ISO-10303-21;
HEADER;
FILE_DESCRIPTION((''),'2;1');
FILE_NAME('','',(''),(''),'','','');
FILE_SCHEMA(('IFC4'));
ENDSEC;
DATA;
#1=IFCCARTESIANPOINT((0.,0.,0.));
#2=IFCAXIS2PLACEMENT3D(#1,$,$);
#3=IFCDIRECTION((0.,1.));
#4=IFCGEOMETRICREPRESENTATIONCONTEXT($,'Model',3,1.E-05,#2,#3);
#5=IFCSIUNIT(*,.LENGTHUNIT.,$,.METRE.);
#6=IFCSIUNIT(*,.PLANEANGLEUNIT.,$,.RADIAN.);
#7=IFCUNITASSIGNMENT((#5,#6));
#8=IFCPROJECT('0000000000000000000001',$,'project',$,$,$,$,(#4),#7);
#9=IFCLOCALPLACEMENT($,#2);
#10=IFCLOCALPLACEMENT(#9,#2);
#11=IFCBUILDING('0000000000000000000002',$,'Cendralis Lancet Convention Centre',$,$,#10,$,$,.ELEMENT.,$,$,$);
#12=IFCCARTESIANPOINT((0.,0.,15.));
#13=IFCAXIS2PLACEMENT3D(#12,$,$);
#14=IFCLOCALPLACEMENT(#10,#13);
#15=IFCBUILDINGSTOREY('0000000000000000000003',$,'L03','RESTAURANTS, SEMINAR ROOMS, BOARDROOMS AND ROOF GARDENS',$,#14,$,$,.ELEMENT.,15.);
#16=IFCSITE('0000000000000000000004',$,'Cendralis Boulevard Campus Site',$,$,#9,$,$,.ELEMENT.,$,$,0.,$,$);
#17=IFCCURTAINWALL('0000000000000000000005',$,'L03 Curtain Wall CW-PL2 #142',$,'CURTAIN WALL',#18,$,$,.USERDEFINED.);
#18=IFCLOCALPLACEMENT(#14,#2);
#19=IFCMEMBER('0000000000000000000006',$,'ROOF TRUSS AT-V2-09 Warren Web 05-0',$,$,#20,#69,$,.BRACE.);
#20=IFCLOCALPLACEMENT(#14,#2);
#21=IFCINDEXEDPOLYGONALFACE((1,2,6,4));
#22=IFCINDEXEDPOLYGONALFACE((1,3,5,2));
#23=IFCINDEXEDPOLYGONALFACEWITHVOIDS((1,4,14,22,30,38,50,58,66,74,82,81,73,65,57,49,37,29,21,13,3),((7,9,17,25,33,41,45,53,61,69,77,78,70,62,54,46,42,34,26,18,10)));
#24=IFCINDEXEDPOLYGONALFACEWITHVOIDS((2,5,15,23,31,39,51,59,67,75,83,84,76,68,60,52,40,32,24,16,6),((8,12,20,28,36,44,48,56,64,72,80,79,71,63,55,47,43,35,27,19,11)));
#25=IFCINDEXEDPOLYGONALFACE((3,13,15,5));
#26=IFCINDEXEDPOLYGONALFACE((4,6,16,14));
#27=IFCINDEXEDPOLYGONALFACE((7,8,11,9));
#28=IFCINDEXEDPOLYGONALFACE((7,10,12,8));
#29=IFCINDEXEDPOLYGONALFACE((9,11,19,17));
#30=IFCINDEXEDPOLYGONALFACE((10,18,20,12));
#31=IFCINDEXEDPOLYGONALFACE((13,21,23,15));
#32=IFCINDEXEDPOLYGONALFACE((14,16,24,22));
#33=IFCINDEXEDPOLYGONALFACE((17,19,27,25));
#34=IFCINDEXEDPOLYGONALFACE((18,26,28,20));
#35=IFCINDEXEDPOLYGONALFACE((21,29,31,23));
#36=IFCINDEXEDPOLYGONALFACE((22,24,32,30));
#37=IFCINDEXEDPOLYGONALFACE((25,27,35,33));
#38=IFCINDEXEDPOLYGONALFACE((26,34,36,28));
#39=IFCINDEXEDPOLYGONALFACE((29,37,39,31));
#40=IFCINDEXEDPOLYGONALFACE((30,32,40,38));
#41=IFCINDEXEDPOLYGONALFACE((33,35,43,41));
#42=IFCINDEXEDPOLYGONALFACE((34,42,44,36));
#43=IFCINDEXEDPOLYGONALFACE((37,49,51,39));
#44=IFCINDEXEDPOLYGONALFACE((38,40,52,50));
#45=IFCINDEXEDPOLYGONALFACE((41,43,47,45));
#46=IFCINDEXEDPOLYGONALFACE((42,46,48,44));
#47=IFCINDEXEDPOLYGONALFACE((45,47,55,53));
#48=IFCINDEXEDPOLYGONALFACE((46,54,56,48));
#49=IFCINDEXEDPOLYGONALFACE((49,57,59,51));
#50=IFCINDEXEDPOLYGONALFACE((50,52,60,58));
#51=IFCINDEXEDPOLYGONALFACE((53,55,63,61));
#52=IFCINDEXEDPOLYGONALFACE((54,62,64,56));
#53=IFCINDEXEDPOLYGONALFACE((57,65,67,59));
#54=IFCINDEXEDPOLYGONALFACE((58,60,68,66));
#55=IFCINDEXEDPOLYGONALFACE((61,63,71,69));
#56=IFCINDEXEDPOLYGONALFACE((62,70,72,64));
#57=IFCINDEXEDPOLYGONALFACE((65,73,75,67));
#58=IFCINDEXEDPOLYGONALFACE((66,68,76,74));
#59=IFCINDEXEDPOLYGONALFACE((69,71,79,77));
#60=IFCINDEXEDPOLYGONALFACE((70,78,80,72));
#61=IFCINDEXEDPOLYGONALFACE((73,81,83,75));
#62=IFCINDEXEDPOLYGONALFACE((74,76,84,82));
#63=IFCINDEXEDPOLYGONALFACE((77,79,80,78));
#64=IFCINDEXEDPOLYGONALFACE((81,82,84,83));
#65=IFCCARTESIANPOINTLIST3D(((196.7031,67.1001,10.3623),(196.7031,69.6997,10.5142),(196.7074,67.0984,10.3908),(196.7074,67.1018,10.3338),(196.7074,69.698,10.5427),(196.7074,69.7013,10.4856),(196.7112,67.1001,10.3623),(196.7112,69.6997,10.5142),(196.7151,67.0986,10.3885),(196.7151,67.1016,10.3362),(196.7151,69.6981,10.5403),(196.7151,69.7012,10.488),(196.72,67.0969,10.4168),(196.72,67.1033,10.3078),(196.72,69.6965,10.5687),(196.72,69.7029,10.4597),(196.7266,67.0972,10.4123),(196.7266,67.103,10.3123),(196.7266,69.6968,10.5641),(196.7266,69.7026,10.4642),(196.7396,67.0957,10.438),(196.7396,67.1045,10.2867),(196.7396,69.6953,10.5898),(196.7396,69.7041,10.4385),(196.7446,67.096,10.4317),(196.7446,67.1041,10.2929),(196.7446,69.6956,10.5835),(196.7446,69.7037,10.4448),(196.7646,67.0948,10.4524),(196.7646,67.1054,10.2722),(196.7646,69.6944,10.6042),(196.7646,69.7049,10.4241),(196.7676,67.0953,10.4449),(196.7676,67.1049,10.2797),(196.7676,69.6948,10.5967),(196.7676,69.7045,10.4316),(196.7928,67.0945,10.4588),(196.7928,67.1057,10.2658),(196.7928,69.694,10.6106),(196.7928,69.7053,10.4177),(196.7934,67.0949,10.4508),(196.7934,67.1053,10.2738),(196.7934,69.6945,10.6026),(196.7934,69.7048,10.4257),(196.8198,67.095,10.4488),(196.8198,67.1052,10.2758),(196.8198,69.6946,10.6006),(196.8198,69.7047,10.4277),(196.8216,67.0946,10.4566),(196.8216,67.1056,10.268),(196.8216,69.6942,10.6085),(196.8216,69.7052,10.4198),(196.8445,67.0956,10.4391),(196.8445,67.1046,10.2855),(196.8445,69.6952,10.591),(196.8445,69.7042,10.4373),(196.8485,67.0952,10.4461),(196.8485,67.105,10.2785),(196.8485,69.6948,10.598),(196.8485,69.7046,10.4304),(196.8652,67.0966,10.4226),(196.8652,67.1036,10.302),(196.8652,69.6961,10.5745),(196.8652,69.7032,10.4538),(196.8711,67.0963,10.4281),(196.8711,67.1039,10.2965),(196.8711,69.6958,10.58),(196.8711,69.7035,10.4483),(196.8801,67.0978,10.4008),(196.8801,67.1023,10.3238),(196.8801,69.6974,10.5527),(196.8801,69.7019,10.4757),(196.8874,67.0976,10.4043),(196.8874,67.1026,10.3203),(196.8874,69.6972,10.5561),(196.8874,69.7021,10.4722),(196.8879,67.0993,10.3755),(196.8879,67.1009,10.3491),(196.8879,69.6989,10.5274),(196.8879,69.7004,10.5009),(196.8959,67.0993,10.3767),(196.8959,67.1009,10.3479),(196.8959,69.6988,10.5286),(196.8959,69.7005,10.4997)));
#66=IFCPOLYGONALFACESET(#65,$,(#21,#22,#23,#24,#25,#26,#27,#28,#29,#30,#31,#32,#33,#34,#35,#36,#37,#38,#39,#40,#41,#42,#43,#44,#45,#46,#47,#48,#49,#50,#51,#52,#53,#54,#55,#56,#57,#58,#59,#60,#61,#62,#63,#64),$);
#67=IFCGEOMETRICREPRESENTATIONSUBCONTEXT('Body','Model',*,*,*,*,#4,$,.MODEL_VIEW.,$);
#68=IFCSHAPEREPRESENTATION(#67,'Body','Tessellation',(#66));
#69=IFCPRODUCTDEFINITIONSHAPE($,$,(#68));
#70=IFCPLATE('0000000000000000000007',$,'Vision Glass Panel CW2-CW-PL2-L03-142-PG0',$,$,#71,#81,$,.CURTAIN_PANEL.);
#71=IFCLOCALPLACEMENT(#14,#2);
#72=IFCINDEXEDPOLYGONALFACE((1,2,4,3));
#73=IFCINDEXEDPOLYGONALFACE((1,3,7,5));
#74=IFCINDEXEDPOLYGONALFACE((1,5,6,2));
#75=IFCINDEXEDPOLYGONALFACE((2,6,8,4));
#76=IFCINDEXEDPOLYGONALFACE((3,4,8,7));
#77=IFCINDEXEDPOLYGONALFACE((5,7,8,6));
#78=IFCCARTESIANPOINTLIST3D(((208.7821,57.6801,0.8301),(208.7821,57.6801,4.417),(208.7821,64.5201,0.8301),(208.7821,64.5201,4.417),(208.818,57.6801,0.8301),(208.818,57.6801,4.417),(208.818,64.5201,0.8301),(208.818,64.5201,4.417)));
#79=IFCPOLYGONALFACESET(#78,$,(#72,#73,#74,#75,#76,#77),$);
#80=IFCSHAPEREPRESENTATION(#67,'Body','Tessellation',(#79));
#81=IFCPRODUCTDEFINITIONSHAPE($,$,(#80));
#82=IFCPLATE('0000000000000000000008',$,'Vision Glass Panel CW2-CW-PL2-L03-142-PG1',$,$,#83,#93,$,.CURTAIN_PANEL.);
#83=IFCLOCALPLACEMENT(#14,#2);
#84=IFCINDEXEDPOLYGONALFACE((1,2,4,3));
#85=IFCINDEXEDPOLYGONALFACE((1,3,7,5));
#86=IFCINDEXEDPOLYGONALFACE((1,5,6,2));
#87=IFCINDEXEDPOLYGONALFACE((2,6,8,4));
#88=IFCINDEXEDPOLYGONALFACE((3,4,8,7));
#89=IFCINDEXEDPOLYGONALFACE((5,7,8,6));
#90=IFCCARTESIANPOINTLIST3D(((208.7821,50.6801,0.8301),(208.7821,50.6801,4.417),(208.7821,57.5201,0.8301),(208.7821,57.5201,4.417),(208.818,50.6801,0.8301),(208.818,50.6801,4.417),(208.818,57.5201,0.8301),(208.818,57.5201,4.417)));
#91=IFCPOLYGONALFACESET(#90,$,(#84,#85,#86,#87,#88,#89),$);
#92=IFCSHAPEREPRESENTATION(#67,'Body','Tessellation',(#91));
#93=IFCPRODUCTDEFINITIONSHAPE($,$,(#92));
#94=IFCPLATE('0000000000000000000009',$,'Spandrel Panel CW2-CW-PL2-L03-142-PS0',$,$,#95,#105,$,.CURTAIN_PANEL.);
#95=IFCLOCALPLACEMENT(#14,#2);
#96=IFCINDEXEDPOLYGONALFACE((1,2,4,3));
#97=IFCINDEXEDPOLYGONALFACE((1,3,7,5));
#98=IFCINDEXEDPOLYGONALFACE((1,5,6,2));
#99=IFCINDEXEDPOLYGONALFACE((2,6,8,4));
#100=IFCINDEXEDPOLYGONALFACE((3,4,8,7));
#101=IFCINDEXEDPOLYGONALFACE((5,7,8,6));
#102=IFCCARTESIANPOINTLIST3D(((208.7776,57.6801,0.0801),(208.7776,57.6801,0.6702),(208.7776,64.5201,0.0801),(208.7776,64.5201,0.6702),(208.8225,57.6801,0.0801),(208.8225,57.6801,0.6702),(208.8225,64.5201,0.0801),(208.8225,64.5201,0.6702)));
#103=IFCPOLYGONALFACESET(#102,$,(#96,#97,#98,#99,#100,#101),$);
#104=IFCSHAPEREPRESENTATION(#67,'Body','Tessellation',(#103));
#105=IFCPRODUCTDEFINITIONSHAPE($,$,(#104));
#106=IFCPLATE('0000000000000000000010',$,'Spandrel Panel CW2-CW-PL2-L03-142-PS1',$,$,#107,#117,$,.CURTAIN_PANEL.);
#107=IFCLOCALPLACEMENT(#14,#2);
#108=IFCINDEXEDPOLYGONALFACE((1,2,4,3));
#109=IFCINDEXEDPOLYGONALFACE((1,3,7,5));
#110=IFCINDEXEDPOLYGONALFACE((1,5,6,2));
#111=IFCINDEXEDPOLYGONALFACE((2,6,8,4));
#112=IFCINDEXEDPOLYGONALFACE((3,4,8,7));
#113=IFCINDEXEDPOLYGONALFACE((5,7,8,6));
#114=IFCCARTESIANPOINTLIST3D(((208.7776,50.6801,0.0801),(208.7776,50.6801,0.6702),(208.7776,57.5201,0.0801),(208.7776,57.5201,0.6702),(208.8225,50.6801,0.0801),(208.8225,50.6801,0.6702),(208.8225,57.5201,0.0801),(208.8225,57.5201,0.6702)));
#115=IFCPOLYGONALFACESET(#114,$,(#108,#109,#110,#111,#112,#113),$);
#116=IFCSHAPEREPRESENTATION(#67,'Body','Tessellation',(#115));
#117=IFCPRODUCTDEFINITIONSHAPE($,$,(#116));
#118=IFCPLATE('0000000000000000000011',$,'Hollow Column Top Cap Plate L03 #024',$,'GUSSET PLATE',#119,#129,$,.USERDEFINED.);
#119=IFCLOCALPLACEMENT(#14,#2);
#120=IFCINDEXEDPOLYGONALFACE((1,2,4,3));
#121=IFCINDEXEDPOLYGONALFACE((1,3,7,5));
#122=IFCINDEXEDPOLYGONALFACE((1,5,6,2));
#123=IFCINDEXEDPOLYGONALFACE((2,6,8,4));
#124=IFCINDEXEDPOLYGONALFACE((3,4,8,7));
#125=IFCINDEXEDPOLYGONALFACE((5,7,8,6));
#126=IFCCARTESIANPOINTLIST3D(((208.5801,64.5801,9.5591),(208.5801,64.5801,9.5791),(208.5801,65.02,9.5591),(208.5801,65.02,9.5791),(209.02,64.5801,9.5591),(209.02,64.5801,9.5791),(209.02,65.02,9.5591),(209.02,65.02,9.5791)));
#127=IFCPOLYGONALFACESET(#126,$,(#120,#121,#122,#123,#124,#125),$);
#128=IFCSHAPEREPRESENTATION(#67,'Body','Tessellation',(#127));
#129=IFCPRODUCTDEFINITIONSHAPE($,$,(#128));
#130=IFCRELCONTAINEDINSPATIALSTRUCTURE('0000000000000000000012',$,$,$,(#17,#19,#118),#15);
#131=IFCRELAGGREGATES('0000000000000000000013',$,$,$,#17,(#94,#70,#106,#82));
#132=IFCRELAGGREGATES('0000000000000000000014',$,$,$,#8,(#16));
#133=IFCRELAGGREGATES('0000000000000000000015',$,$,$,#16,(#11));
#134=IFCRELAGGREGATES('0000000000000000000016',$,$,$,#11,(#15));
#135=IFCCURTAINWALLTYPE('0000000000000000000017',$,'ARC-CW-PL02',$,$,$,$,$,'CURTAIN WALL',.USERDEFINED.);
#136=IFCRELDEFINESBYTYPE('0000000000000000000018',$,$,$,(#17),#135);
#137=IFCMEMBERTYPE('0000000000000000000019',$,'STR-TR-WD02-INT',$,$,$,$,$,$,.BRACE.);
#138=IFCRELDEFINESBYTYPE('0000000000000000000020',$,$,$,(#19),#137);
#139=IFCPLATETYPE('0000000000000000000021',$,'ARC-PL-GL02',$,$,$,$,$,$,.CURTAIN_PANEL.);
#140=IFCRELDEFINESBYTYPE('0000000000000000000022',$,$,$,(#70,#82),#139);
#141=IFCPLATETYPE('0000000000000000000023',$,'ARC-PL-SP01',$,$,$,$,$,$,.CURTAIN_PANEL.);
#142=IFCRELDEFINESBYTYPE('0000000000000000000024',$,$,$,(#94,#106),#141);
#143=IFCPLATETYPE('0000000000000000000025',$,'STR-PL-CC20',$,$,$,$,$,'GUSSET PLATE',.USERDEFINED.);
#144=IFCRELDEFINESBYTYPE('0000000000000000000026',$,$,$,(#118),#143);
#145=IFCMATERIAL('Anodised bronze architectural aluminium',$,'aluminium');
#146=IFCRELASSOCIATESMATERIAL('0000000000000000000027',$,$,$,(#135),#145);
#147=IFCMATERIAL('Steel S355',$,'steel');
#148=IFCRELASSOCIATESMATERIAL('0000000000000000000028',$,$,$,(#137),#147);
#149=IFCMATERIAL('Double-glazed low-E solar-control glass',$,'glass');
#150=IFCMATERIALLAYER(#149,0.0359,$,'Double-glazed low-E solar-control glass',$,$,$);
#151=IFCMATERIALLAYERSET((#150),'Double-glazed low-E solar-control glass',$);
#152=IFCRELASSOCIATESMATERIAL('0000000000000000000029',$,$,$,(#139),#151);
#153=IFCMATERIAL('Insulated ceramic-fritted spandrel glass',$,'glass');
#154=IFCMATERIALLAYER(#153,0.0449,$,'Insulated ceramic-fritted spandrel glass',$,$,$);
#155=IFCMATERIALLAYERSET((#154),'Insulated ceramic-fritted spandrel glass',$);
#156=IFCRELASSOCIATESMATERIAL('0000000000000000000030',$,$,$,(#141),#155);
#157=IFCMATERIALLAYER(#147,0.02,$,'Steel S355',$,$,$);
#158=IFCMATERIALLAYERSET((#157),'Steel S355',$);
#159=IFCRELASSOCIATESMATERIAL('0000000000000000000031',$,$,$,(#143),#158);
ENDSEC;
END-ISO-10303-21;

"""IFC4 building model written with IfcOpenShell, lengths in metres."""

from ifc_helpers import new_model, si_unit, direction, frame, origin, origin_2d, place, context, subcontext, project, spatial, rectangle, hollow_circle, extrude, material, layer, layer_set, material_profile, profile_set, type_object, element, aggregate, save


model = new_model("IFC4")

# Units and contexts
model_context = context("Model", 3, precision=1e-05, world=origin(), true_north=direction((0.0, 1.0)))
body_context = subcontext(model_context, "Body", "Model", "MODEL_VIEW")
ifc_project = project(units=[si_unit("LENGTHUNIT", "METRE"), si_unit("PLANEANGLEUNIT", "RADIAN")], contexts=[model_context])

# Site, building, storey
site_placement = place(None, origin())
site = spatial("IfcSite", under=ifc_project, at=site_placement, Name="Cendralis Boulevard Campus Site", CompositionType="ELEMENT", RefElevation=0.0)
building_placement = place(site_placement, origin())
building = spatial("IfcBuilding", under=site, at=building_placement, Name="Cendralis Lancet Convention Centre", CompositionType="ELEMENT")
storey_placement = place(building_placement, frame((0.0, 0.0, 15.0)))
storey = spatial("IfcBuildingStorey", under=building, at=storey_placement, Name="L03", Description="RESTAURANTS, SEMINAR ROOMS, BOARDROOMS AND ROOF GARDENS", CompositionType="ELEMENT", Elevation=15.0)

# Shared definitions
ifc_material_1 = material(Name="Steel S355", Category="steel")

# Curtain wall
ifc_material_2 = material(Name="Anodised bronze architectural aluminium", Category="aluminium")
curtain_wall_type = type_object("IfcCurtainWallType", Name="ARC-CW-PL02", ElementType="CURTAIN WALL", PredefinedType="USERDEFINED", material=ifc_material_2)
curtain_wall_1_placement = place(storey_placement, origin())
curtain_wall_1 = element("IfcCurtainWall", 1, at=curtain_wall_1_placement, inside=storey, type_object=curtain_wall_type, Name="L03 Curtain Wall CW-PL2 #142", ObjectType="CURTAIN WALL", PredefinedType="USERDEFINED")

# Member
ifc_material_profile_1 = material_profile(ifc_material_1, hollow_circle(Radius=0.0969, WallThickness=0.0081, at=origin_2d()), Name="CHS 193.7x8.0")
ifc_profile_set_1 = profile_set([ifc_material_profile_1], Name="Steel S355")
member_type_1 = type_object("IfcMemberType", Name="STR-TR-WD02-INT", PredefinedType="BRACE", material=ifc_profile_set_1)
member_1_placement = place(storey_placement, frame((196.8, 67.1001, 10.3623), z_axis=(0.0, 0.998298, 0.058315), x_axis=(-1.0, 0.0, 0.0)))
element("IfcMember", 2, at=member_1_placement, inside=storey, type_object=member_type_1, Name="ROOF TRUSS AT-V2-09 Warren Web 05-0", PredefinedType="BRACE", context=body_context, shape_type="SweptSolid", body=[
    extrude(hollow_circle(Radius=0.0969, WallThickness=0.0081, at=origin_2d()), origin(), (0.0, 0.0, 1.0), 2.604),
])

# Plates
ifc_material_3 = material(Name="Double-glazed low-E solar-control glass", Category="glass")
ifc_layer_1 = layer(ifc_material_3, 0.0359, Name="Double-glazed low-E solar-control glass")
ifc_layer_set_1 = layer_set([ifc_layer_1], Name="Double-glazed low-E solar-control glass")
plate_type_1 = type_object("IfcPlateType", Name="ARC-PL-GL02", PredefinedType="CURTAIN_PANEL", material=ifc_layer_set_1)
plate_1_placement = place(storey_placement, frame((208.8, 61.1001, 0.8301), z_axis=(0.0, 0.0, 1.0), x_axis=(0.0, -1.0, 0.0)))
plate_1 = element("IfcPlate", 3, at=plate_1_placement, type_object=plate_type_1, Name="Vision Glass Panel CW2-CW-PL2-L03-142-PG0", PredefinedType="CURTAIN_PANEL", context=body_context, shape_type="SweptSolid", body=[
    extrude(rectangle(XDim=6.8401, YDim=0.0359, at=origin_2d()), origin(), (0.0, 0.0, 1.0), 3.5869),
])
plate_2_placement = place(storey_placement, frame((208.8, 54.1001, 0.8301), z_axis=(0.0, 0.0, 1.0), x_axis=(0.0, -1.0, 0.0)))
plate_2 = element("IfcPlate", 4, at=plate_2_placement, type_object=plate_type_1, Name="Vision Glass Panel CW2-CW-PL2-L03-142-PG1", PredefinedType="CURTAIN_PANEL", context=body_context, shape_type="SweptSolid", body=[
    extrude(rectangle(XDim=6.8401, YDim=0.0359, at=origin_2d()), origin(), (0.0, 0.0, 1.0), 3.5869),
])
ifc_material_4 = material(Name="Insulated ceramic-fritted spandrel glass", Category="glass")
ifc_layer_2 = layer(ifc_material_4, 0.0449, Name="Insulated ceramic-fritted spandrel glass")
ifc_layer_set_2 = layer_set([ifc_layer_2], Name="Insulated ceramic-fritted spandrel glass")
plate_type_2 = type_object("IfcPlateType", Name="ARC-PL-SP01", PredefinedType="CURTAIN_PANEL", material=ifc_layer_set_2)
plate_3_placement = place(storey_placement, frame((208.8, 61.1001, 0.0801), z_axis=(0.0, 0.0, 1.0), x_axis=(0.0, -1.0, 0.0)))
plate_3 = element("IfcPlate", 5, at=plate_3_placement, type_object=plate_type_2, Name="Spandrel Panel CW2-CW-PL2-L03-142-PS0", PredefinedType="CURTAIN_PANEL", context=body_context, shape_type="SweptSolid", body=[
    extrude(rectangle(XDim=6.8401, YDim=0.0449, at=origin_2d()), origin(), (0.0, 0.0, 1.0), 0.5901),
])
plate_4_placement = place(storey_placement, frame((208.8, 54.1001, 0.0801), z_axis=(0.0, 0.0, 1.0), x_axis=(0.0, -1.0, 0.0)))
plate_4 = element("IfcPlate", 6, at=plate_4_placement, type_object=plate_type_2, Name="Spandrel Panel CW2-CW-PL2-L03-142-PS1", PredefinedType="CURTAIN_PANEL", context=body_context, shape_type="SweptSolid", body=[
    extrude(rectangle(XDim=6.8401, YDim=0.0449, at=origin_2d()), origin(), (0.0, 0.0, 1.0), 0.5901),
])
aggregate(curtain_wall_1, [plate_3, plate_1, plate_4, plate_2])
ifc_layer_3 = layer(ifc_material_1, 0.02, Name="Steel S355")
ifc_layer_set_3 = layer_set([ifc_layer_3], Name="Steel S355")
plate_type_3 = type_object("IfcPlateType", Name="STR-PL-CC20", ElementType="GUSSET PLATE", PredefinedType="USERDEFINED", material=ifc_layer_set_3)
plate_5_placement = place(storey_placement, frame((208.8, 64.8, 9.5591), z_axis=(0.0, 0.0, 1.0), x_axis=(1.0, 0.0, 0.0)))
element("IfcPlate", 7, at=plate_5_placement, inside=storey, type_object=plate_type_3, Name="Hollow Column Top Cap Plate L03 #024", ObjectType="GUSSET PLATE", PredefinedType="USERDEFINED", context=body_context, shape_type="SweptSolid", body=[
    extrude(rectangle(XDim=0.4399, YDim=0.4399, at=origin_2d()), origin(), (0.0, 0.0, 1.0), 0.02),
])

save(model, "model.ifc")
